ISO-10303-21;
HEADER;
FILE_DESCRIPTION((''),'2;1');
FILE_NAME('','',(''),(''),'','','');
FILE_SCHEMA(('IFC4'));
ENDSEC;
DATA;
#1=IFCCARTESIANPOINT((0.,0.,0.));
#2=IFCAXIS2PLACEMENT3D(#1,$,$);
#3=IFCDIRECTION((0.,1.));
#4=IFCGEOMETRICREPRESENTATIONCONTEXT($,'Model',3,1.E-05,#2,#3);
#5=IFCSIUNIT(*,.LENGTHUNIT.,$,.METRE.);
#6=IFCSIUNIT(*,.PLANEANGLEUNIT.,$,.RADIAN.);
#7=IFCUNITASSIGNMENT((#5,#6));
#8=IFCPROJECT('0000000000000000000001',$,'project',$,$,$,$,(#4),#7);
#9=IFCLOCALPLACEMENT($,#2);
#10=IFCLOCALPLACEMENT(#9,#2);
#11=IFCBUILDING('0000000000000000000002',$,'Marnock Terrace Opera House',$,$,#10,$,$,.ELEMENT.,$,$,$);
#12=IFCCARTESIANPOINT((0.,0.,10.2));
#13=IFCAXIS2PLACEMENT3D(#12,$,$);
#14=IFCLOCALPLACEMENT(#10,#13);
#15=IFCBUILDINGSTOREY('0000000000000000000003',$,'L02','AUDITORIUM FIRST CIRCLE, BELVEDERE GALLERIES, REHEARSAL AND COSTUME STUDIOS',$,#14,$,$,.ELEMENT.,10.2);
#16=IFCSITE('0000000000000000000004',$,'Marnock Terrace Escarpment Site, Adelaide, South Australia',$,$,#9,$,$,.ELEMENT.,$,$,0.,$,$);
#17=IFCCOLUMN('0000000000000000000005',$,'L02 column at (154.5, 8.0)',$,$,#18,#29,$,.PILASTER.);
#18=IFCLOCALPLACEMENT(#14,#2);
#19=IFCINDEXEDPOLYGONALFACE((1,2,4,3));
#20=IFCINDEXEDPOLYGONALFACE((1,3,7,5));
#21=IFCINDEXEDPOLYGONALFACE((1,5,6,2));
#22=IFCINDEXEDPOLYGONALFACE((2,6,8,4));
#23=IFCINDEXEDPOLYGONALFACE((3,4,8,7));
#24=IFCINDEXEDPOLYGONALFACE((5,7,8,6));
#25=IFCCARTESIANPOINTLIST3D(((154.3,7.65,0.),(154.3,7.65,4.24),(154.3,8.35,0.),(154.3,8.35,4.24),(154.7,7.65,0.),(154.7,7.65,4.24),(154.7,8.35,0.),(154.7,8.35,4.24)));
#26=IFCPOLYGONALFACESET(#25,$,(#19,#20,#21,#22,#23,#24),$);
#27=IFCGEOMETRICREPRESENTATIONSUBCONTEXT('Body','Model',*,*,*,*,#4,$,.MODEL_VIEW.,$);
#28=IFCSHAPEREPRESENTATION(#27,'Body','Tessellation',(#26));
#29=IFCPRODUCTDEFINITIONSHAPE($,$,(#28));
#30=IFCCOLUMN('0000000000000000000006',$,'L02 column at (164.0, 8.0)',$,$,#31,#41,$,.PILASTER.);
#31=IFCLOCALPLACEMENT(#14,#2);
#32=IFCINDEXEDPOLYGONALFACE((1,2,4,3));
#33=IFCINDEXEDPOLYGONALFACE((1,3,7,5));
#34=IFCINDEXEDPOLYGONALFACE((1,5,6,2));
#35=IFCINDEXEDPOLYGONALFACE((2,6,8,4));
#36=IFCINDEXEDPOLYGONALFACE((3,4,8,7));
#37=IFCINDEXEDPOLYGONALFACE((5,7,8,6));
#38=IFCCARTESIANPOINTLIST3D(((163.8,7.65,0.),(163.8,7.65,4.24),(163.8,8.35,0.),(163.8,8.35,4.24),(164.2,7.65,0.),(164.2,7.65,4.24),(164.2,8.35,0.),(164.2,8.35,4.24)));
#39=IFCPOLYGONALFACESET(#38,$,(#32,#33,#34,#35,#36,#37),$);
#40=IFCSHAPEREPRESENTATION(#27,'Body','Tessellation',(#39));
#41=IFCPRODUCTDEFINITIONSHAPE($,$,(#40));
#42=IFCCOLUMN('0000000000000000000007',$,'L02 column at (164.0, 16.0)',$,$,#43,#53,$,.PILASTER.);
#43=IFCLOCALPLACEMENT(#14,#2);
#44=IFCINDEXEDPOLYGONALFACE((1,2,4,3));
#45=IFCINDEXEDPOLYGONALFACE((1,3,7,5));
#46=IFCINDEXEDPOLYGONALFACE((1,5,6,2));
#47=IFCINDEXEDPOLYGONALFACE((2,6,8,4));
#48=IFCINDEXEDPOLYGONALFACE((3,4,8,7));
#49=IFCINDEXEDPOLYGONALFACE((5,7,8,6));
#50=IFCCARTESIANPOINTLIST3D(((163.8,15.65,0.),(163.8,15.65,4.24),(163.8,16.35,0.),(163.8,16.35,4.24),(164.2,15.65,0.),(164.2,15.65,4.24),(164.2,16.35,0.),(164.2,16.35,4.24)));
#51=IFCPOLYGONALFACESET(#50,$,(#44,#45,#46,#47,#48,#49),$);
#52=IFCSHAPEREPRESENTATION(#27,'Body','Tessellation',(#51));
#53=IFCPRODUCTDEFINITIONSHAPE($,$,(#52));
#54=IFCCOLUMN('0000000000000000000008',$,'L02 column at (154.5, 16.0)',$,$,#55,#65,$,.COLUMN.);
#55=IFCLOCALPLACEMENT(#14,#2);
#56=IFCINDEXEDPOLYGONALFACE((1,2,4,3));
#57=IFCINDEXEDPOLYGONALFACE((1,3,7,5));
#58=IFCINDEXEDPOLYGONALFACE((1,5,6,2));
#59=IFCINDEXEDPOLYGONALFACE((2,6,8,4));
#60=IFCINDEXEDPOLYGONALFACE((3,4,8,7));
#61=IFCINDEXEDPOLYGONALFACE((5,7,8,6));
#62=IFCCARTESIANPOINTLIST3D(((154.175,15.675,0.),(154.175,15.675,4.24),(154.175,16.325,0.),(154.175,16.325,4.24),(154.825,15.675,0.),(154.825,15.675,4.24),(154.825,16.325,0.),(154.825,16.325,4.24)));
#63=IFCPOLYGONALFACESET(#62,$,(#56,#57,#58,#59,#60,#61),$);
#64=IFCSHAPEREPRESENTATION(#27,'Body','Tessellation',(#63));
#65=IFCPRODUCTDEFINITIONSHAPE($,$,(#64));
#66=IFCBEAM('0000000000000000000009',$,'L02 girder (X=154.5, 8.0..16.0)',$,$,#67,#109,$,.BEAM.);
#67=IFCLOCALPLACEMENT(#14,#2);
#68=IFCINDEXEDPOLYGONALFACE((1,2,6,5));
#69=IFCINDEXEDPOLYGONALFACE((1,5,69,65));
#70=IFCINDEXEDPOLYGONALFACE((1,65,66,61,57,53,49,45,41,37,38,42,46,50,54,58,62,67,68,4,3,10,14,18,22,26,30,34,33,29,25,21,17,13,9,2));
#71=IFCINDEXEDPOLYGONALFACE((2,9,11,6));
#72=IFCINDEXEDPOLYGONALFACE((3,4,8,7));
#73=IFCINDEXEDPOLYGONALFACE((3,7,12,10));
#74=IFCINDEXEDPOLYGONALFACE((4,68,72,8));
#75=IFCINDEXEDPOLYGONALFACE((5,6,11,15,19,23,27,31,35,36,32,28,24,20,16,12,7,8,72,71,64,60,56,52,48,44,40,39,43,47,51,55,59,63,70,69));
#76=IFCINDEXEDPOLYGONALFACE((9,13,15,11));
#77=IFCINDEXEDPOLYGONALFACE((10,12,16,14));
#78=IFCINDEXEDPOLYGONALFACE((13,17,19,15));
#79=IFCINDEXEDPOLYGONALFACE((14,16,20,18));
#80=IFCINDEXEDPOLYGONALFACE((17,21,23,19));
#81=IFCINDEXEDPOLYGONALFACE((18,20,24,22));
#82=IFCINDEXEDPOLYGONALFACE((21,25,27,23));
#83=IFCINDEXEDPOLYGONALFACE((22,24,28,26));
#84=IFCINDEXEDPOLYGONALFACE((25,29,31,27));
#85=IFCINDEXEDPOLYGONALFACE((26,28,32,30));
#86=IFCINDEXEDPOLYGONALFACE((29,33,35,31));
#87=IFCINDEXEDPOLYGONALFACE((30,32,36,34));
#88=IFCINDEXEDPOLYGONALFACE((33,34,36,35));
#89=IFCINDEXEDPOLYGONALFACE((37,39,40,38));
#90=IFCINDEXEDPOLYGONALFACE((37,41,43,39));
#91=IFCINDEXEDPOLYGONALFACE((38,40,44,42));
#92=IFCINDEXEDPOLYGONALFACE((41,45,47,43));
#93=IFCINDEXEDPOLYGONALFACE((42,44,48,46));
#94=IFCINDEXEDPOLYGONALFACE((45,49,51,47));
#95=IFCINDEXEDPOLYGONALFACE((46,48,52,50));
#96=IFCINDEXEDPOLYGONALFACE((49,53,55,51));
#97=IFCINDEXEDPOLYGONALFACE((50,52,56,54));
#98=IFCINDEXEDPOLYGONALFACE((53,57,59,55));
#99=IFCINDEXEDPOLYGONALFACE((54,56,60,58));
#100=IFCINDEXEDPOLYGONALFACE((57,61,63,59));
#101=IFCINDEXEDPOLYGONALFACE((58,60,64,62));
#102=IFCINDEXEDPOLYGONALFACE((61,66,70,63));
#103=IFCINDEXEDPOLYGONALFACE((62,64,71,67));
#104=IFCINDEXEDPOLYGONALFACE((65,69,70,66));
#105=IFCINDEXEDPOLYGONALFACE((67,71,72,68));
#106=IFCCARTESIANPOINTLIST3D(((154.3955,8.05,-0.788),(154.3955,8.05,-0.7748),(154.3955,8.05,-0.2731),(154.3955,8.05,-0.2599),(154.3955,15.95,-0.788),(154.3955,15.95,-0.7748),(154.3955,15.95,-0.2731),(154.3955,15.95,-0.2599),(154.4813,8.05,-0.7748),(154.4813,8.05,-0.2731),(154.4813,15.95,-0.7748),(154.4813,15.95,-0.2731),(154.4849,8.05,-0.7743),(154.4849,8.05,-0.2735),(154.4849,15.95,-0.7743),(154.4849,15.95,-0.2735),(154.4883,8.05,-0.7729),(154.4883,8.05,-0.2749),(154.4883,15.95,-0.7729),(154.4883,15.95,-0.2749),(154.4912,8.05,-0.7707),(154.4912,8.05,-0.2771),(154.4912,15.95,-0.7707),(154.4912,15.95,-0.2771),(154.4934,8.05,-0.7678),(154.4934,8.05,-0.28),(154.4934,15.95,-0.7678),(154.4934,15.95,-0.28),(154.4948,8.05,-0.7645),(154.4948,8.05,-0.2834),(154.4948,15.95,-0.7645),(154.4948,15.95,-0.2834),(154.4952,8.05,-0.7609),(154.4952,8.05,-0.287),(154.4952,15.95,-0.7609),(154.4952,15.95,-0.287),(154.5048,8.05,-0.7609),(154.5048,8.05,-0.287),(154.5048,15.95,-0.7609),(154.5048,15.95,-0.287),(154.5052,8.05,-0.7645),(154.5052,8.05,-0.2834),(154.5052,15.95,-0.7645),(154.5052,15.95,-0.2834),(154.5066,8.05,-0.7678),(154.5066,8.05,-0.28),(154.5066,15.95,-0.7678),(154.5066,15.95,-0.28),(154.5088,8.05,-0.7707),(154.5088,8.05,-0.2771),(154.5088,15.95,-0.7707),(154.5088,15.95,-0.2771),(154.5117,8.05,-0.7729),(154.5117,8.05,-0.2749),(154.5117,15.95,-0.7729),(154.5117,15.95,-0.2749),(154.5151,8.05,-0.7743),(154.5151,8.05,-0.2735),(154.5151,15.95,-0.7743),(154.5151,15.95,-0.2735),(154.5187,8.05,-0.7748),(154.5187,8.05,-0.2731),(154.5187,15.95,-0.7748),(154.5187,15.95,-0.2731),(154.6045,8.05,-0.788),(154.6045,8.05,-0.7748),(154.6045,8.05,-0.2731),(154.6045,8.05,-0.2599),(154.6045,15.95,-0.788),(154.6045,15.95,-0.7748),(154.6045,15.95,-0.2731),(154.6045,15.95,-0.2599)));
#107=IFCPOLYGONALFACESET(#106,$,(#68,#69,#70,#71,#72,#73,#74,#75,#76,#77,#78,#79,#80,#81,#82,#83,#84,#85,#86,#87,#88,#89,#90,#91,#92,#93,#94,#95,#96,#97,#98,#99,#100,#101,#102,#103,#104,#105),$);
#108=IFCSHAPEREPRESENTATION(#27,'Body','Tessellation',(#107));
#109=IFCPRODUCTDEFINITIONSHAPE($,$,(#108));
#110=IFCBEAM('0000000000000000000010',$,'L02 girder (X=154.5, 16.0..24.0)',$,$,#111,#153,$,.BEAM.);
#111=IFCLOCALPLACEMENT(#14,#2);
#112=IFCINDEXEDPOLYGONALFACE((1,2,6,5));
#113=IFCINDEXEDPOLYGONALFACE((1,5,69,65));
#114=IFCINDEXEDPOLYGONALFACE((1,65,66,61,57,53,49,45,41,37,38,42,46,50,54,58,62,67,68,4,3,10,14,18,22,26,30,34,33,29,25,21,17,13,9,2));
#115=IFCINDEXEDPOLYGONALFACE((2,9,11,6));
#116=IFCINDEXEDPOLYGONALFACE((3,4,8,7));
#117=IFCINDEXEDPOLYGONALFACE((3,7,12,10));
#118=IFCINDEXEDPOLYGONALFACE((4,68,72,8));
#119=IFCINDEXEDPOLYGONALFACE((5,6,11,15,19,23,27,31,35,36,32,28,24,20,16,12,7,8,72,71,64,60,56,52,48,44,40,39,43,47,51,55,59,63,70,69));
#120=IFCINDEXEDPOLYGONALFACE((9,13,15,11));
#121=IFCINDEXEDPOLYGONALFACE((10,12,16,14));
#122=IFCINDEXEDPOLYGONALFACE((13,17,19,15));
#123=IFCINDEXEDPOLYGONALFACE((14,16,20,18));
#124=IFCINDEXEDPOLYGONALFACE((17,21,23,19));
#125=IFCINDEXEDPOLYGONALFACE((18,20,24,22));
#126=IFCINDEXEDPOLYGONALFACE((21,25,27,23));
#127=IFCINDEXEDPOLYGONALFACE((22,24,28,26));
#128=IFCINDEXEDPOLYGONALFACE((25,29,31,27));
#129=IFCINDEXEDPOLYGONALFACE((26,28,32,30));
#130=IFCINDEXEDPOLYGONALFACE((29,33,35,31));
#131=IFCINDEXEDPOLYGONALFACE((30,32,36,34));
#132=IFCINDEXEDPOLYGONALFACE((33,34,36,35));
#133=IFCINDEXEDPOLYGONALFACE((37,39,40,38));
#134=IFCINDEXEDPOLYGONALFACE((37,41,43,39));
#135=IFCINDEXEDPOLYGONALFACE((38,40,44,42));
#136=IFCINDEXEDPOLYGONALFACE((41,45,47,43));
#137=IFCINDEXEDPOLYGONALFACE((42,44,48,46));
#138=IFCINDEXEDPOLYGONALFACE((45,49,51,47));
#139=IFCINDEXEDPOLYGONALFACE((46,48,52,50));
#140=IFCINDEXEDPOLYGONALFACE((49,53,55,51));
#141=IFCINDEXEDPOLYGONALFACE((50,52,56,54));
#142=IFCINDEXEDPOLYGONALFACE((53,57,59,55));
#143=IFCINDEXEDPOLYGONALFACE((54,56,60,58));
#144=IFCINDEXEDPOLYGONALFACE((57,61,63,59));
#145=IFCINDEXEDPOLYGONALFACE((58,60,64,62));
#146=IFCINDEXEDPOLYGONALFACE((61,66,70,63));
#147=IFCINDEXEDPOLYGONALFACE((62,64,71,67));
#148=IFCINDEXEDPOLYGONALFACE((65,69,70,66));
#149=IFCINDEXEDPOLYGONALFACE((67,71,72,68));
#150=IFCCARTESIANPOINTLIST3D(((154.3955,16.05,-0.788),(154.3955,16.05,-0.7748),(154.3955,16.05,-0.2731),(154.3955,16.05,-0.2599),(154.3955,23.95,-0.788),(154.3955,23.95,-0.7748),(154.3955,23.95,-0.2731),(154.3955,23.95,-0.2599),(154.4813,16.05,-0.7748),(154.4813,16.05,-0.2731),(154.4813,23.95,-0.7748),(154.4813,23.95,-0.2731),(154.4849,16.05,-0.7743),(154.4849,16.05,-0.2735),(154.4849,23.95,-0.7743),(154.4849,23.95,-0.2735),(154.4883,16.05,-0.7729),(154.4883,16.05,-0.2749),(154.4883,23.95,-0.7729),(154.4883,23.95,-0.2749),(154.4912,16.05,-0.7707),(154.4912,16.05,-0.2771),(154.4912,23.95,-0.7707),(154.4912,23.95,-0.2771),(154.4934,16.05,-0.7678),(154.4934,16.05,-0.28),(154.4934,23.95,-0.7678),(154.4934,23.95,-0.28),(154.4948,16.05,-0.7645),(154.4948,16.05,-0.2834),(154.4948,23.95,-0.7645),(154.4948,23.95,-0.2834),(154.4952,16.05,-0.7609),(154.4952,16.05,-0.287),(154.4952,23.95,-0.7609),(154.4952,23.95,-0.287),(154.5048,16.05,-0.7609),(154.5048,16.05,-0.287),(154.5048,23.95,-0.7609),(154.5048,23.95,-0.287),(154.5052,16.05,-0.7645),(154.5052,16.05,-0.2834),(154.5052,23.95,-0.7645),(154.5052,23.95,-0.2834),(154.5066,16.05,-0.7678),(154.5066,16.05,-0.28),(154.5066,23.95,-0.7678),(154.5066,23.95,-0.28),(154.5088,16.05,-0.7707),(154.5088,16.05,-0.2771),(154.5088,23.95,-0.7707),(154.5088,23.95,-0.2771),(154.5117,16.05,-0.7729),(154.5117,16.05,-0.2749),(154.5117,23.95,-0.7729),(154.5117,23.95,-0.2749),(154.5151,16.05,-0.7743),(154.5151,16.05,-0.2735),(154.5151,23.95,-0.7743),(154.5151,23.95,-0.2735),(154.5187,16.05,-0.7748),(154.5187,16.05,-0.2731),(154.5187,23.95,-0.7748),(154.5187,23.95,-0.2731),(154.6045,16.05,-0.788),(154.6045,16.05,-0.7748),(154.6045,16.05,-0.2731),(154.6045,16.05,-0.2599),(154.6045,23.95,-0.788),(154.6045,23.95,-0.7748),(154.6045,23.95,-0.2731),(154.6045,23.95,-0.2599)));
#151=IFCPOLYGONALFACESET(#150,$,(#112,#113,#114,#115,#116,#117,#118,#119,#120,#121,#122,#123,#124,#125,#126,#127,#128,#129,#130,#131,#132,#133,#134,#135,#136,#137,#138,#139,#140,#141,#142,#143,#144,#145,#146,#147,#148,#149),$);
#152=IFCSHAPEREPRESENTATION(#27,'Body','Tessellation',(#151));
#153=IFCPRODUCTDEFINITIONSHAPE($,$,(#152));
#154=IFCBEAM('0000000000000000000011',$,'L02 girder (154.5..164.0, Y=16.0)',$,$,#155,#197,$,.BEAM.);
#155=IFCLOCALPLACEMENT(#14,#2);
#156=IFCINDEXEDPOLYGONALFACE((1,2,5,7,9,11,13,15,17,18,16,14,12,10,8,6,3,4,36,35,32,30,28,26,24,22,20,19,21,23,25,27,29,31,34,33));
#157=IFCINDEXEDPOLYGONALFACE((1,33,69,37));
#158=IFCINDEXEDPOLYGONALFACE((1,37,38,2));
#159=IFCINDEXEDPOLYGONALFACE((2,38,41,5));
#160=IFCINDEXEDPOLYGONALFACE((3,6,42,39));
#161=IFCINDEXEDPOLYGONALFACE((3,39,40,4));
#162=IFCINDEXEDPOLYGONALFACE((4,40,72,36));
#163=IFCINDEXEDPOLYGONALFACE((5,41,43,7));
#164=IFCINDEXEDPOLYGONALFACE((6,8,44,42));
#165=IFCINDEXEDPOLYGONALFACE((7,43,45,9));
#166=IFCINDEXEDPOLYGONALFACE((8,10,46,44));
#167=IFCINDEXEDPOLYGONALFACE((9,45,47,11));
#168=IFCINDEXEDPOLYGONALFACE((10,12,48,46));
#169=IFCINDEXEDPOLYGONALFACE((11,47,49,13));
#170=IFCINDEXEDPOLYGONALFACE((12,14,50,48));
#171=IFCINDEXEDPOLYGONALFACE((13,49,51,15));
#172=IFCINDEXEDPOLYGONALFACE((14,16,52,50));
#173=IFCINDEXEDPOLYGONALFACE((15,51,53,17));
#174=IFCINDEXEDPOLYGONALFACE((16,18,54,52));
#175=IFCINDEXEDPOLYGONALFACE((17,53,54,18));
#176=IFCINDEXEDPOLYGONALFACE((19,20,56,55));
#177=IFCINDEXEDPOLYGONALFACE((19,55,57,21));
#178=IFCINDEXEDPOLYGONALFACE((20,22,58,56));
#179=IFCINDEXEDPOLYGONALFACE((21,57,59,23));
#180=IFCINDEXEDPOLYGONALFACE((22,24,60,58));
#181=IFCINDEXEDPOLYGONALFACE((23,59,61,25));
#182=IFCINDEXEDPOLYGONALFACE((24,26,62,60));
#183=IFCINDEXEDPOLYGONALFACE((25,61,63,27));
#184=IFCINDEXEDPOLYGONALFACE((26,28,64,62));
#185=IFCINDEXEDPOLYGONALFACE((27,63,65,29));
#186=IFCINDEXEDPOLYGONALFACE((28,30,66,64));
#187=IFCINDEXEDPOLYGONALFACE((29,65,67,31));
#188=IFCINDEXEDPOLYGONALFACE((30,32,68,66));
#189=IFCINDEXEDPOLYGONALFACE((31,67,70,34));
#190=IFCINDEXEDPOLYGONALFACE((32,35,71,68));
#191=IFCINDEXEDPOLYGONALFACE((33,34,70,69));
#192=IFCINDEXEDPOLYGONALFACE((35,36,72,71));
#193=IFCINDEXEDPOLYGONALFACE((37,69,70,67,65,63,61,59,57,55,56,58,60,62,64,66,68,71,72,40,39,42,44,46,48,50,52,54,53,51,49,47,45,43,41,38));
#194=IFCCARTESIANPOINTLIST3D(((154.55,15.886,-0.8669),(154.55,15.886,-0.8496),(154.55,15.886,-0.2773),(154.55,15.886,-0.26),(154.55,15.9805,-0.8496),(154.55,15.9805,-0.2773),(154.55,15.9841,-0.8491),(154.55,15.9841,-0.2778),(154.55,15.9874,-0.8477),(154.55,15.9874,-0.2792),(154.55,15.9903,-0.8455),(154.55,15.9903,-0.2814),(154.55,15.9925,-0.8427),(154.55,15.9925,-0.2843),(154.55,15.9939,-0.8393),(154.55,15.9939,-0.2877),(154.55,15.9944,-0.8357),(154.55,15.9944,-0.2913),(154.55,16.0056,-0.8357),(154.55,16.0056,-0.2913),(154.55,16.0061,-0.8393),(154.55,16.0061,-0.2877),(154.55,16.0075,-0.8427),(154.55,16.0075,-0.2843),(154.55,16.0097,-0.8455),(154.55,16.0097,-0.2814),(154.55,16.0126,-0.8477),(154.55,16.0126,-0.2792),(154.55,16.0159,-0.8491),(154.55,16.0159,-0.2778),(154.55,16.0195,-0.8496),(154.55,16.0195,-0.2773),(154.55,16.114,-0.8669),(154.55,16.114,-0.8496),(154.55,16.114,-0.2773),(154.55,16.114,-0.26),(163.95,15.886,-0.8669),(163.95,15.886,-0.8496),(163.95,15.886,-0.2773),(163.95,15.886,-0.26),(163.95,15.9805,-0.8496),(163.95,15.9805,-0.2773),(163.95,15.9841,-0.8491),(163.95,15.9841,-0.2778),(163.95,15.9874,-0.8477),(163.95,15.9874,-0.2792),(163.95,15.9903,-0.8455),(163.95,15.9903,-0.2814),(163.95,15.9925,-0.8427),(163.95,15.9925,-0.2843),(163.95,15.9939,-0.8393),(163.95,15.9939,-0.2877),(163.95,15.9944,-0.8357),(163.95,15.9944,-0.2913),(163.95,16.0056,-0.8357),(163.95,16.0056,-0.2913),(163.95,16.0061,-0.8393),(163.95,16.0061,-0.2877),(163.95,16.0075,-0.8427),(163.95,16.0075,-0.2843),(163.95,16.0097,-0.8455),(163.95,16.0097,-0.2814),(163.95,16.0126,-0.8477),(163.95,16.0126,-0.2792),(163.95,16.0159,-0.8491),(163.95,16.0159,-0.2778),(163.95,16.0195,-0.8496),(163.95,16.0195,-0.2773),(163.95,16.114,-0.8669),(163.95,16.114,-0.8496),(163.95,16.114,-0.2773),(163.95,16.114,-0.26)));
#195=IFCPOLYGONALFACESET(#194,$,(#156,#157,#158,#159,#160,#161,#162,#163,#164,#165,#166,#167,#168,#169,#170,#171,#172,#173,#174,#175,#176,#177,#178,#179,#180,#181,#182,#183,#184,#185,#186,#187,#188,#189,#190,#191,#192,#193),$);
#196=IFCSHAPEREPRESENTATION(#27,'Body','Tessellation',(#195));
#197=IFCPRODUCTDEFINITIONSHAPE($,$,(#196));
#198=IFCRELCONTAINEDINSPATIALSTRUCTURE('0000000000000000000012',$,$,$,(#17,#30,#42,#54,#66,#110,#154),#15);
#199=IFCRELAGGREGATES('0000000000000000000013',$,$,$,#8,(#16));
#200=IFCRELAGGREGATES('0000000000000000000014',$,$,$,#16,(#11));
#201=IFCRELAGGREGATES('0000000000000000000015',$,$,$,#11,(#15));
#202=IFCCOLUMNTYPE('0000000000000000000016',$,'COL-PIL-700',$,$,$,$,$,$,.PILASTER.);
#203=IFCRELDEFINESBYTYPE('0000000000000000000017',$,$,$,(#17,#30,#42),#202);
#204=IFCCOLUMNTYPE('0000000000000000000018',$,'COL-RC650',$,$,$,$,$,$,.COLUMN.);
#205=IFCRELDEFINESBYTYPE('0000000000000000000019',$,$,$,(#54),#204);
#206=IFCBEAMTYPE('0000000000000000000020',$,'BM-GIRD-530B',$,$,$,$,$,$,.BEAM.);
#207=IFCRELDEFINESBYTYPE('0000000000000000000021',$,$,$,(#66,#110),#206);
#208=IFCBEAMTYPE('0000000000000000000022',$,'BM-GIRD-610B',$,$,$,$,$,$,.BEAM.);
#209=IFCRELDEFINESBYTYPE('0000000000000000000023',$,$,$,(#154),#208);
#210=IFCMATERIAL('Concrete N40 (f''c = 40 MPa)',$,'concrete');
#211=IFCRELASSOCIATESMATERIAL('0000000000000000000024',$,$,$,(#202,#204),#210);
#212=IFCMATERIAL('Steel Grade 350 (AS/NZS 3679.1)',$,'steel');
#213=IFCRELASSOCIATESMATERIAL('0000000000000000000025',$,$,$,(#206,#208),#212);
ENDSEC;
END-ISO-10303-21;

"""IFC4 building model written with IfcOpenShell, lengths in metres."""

from ifc_helpers import new_model, si_unit, direction, frame, origin, origin_2d, place, context, subcontext, project, spatial, rectangle, i_section, extrude, material, material_profile, profile_set, type_object, element, save


model = new_model("IFC4")

# Units and contexts
model_context = context("Model", 3, precision=1e-05, world=origin(), true_north=direction((0.0, 1.0)))
body_context = subcontext(model_context, "Body", "Model", "MODEL_VIEW")
ifc_project = project(units=[si_unit("LENGTHUNIT", "METRE"), si_unit("PLANEANGLEUNIT", "RADIAN")], contexts=[model_context])

# Site, building, storey
site_placement = place(None, origin())
site = spatial("IfcSite", under=ifc_project, at=site_placement, Name="Marnock Terrace Escarpment Site, Adelaide, South Australia", CompositionType="ELEMENT", RefElevation=0.0)
building_placement = place(site_placement, origin())
building = spatial("IfcBuilding", under=site, at=building_placement, Name="Marnock Terrace Opera House", CompositionType="ELEMENT")
storey_placement = place(building_placement, frame((0.0, 0.0, 10.2)))
storey = spatial("IfcBuildingStorey", under=building, at=storey_placement, Name="L02", Description="AUDITORIUM FIRST CIRCLE, BELVEDERE GALLERIES, REHEARSAL AND COSTUME STUDIOS", CompositionType="ELEMENT", Elevation=10.2)

# Columns
ifc_material_1 = material(Name="Concrete N40 (f'c = 40 MPa)", Category="concrete")
ifc_material_profile_1 = material_profile(ifc_material_1, rectangle(XDim=0.3999, YDim=0.7, at=origin_2d()))
ifc_profile_set_1 = profile_set([ifc_material_profile_1], Name="Concrete N40 (f'c = 40 MPa)")
column_type_1 = type_object("IfcColumnType", Name="COL-PIL-700", PredefinedType="PILASTER", material=ifc_profile_set_1)
for number, where, z_axis, x_axis, name in (
    (1, (154.5, 8.0, 0.0), (0.0, 0.0, 1.0), (1.0, 0.0, 0.0), "L02 column at (154.5, 8.0)"),
    (2, (164.0, 8.0, 0.0), (0.0, 0.0, 1.0), (1.0, 0.0, 0.0), "L02 column at (164.0, 8.0)"),
    (3, (164.0, 16.0, 0.0), (0.0, 0.0, 1.0), (1.0, 0.0, 0.0), "L02 column at (164.0, 16.0)"),
):
    element("IfcColumn", number, at=place(storey_placement, frame(where, z_axis=z_axis, x_axis=x_axis)), inside=storey, type_object=column_type_1, Name=name, PredefinedType="PILASTER", context=body_context, shape_type="SweptSolid", body=[
        extrude(rectangle(XDim=0.3999, YDim=0.7, at=origin_2d()), origin(), (0.0, 0.0, 1.0), 4.24),
    ])
ifc_material_profile_2 = material_profile(ifc_material_1, rectangle(XDim=0.6499, YDim=0.6499, at=origin_2d()))
ifc_profile_set_2 = profile_set([ifc_material_profile_2], Name="Concrete N40 (f'c = 40 MPa)")
column_type_2 = type_object("IfcColumnType", Name="COL-RC650", PredefinedType="COLUMN", material=ifc_profile_set_2)
column_placement = place(storey_placement, frame((154.5, 16.0, 0.0), z_axis=(0.0, 0.0, 1.0), x_axis=(1.0, 0.0, 0.0)))
element("IfcColumn", 4, at=column_placement, inside=storey, type_object=column_type_2, Name="L02 column at (154.5, 16.0)", PredefinedType="COLUMN", context=body_context, shape_type="SweptSolid", body=[
    extrude(rectangle(XDim=0.6499, YDim=0.6499, at=origin_2d()), origin(), (0.0, 0.0, 1.0), 4.24),
])

# Beams
ifc_material_2 = material(Name="Steel Grade 350 (AS/NZS 3679.1)", Category="steel")
ifc_material_profile_3 = material_profile(ifc_material_2, i_section(OverallWidth=0.209, OverallDepth=0.5281, WebThickness=0.0095, FlangeThickness=0.0132, FilletRadius=0.0139, at=origin_2d()))
ifc_profile_set_3 = profile_set([ifc_material_profile_3], Name="Steel Grade 350 (AS/NZS 3679.1)")
beam_type_1 = type_object("IfcBeamType", Name="BM-GIRD-530B", PredefinedType="BEAM", material=ifc_profile_set_3)
for number, where, z_axis, x_axis, name in (
    (5, (154.5, 8.05, -0.5239), (0.0, 1.0, 0.0), (-1.0, 0.0, 0.0), "L02 girder (X=154.5, 8.0..16.0)"),
    (6, (154.5, 16.05, -0.5239), (0.0, 1.0, 0.0), (-1.0, 0.0, 0.0), "L02 girder (X=154.5, 16.0..24.0)"),
):
    element("IfcBeam", number, at=place(storey_placement, frame(where, z_axis=z_axis, x_axis=x_axis)), inside=storey, type_object=beam_type_1, Name=name, PredefinedType="BEAM", context=body_context, shape_type="SweptSolid", body=[
        extrude(i_section(OverallWidth=0.209, OverallDepth=0.5281, WebThickness=0.0095, FlangeThickness=0.0132, FilletRadius=0.0139, at=origin_2d()), origin(), (0.0, 0.0, 1.0), 7.8999),
    ])
ifc_material_profile_4 = material_profile(ifc_material_2, i_section(OverallWidth=0.228, OverallDepth=0.6069, WebThickness=0.0112, FlangeThickness=0.0173, FilletRadius=0.0139, at=origin_2d()))
ifc_profile_set_4 = profile_set([ifc_material_profile_4], Name="Steel Grade 350 (AS/NZS 3679.1)")
beam_type_2 = type_object("IfcBeamType", Name="BM-GIRD-610B", PredefinedType="BEAM", material=ifc_profile_set_4)
beam_1_placement = place(storey_placement, frame((154.55, 16.0, -0.5635), z_axis=(1.0, 0.0, 0.0), x_axis=(0.0, 1.0, 0.0)))
element("IfcBeam", 7, at=beam_1_placement, inside=storey, type_object=beam_type_2, Name="L02 girder (154.5..164.0, Y=16.0)", PredefinedType="BEAM", context=body_context, shape_type="SweptSolid", body=[
    extrude(i_section(OverallWidth=0.228, OverallDepth=0.6069, WebThickness=0.0112, FlangeThickness=0.0173, FilletRadius=0.0139, at=origin_2d()), origin(), (0.0, 0.0, 1.0), 9.3999),
])

save(model, "model.ifc")
